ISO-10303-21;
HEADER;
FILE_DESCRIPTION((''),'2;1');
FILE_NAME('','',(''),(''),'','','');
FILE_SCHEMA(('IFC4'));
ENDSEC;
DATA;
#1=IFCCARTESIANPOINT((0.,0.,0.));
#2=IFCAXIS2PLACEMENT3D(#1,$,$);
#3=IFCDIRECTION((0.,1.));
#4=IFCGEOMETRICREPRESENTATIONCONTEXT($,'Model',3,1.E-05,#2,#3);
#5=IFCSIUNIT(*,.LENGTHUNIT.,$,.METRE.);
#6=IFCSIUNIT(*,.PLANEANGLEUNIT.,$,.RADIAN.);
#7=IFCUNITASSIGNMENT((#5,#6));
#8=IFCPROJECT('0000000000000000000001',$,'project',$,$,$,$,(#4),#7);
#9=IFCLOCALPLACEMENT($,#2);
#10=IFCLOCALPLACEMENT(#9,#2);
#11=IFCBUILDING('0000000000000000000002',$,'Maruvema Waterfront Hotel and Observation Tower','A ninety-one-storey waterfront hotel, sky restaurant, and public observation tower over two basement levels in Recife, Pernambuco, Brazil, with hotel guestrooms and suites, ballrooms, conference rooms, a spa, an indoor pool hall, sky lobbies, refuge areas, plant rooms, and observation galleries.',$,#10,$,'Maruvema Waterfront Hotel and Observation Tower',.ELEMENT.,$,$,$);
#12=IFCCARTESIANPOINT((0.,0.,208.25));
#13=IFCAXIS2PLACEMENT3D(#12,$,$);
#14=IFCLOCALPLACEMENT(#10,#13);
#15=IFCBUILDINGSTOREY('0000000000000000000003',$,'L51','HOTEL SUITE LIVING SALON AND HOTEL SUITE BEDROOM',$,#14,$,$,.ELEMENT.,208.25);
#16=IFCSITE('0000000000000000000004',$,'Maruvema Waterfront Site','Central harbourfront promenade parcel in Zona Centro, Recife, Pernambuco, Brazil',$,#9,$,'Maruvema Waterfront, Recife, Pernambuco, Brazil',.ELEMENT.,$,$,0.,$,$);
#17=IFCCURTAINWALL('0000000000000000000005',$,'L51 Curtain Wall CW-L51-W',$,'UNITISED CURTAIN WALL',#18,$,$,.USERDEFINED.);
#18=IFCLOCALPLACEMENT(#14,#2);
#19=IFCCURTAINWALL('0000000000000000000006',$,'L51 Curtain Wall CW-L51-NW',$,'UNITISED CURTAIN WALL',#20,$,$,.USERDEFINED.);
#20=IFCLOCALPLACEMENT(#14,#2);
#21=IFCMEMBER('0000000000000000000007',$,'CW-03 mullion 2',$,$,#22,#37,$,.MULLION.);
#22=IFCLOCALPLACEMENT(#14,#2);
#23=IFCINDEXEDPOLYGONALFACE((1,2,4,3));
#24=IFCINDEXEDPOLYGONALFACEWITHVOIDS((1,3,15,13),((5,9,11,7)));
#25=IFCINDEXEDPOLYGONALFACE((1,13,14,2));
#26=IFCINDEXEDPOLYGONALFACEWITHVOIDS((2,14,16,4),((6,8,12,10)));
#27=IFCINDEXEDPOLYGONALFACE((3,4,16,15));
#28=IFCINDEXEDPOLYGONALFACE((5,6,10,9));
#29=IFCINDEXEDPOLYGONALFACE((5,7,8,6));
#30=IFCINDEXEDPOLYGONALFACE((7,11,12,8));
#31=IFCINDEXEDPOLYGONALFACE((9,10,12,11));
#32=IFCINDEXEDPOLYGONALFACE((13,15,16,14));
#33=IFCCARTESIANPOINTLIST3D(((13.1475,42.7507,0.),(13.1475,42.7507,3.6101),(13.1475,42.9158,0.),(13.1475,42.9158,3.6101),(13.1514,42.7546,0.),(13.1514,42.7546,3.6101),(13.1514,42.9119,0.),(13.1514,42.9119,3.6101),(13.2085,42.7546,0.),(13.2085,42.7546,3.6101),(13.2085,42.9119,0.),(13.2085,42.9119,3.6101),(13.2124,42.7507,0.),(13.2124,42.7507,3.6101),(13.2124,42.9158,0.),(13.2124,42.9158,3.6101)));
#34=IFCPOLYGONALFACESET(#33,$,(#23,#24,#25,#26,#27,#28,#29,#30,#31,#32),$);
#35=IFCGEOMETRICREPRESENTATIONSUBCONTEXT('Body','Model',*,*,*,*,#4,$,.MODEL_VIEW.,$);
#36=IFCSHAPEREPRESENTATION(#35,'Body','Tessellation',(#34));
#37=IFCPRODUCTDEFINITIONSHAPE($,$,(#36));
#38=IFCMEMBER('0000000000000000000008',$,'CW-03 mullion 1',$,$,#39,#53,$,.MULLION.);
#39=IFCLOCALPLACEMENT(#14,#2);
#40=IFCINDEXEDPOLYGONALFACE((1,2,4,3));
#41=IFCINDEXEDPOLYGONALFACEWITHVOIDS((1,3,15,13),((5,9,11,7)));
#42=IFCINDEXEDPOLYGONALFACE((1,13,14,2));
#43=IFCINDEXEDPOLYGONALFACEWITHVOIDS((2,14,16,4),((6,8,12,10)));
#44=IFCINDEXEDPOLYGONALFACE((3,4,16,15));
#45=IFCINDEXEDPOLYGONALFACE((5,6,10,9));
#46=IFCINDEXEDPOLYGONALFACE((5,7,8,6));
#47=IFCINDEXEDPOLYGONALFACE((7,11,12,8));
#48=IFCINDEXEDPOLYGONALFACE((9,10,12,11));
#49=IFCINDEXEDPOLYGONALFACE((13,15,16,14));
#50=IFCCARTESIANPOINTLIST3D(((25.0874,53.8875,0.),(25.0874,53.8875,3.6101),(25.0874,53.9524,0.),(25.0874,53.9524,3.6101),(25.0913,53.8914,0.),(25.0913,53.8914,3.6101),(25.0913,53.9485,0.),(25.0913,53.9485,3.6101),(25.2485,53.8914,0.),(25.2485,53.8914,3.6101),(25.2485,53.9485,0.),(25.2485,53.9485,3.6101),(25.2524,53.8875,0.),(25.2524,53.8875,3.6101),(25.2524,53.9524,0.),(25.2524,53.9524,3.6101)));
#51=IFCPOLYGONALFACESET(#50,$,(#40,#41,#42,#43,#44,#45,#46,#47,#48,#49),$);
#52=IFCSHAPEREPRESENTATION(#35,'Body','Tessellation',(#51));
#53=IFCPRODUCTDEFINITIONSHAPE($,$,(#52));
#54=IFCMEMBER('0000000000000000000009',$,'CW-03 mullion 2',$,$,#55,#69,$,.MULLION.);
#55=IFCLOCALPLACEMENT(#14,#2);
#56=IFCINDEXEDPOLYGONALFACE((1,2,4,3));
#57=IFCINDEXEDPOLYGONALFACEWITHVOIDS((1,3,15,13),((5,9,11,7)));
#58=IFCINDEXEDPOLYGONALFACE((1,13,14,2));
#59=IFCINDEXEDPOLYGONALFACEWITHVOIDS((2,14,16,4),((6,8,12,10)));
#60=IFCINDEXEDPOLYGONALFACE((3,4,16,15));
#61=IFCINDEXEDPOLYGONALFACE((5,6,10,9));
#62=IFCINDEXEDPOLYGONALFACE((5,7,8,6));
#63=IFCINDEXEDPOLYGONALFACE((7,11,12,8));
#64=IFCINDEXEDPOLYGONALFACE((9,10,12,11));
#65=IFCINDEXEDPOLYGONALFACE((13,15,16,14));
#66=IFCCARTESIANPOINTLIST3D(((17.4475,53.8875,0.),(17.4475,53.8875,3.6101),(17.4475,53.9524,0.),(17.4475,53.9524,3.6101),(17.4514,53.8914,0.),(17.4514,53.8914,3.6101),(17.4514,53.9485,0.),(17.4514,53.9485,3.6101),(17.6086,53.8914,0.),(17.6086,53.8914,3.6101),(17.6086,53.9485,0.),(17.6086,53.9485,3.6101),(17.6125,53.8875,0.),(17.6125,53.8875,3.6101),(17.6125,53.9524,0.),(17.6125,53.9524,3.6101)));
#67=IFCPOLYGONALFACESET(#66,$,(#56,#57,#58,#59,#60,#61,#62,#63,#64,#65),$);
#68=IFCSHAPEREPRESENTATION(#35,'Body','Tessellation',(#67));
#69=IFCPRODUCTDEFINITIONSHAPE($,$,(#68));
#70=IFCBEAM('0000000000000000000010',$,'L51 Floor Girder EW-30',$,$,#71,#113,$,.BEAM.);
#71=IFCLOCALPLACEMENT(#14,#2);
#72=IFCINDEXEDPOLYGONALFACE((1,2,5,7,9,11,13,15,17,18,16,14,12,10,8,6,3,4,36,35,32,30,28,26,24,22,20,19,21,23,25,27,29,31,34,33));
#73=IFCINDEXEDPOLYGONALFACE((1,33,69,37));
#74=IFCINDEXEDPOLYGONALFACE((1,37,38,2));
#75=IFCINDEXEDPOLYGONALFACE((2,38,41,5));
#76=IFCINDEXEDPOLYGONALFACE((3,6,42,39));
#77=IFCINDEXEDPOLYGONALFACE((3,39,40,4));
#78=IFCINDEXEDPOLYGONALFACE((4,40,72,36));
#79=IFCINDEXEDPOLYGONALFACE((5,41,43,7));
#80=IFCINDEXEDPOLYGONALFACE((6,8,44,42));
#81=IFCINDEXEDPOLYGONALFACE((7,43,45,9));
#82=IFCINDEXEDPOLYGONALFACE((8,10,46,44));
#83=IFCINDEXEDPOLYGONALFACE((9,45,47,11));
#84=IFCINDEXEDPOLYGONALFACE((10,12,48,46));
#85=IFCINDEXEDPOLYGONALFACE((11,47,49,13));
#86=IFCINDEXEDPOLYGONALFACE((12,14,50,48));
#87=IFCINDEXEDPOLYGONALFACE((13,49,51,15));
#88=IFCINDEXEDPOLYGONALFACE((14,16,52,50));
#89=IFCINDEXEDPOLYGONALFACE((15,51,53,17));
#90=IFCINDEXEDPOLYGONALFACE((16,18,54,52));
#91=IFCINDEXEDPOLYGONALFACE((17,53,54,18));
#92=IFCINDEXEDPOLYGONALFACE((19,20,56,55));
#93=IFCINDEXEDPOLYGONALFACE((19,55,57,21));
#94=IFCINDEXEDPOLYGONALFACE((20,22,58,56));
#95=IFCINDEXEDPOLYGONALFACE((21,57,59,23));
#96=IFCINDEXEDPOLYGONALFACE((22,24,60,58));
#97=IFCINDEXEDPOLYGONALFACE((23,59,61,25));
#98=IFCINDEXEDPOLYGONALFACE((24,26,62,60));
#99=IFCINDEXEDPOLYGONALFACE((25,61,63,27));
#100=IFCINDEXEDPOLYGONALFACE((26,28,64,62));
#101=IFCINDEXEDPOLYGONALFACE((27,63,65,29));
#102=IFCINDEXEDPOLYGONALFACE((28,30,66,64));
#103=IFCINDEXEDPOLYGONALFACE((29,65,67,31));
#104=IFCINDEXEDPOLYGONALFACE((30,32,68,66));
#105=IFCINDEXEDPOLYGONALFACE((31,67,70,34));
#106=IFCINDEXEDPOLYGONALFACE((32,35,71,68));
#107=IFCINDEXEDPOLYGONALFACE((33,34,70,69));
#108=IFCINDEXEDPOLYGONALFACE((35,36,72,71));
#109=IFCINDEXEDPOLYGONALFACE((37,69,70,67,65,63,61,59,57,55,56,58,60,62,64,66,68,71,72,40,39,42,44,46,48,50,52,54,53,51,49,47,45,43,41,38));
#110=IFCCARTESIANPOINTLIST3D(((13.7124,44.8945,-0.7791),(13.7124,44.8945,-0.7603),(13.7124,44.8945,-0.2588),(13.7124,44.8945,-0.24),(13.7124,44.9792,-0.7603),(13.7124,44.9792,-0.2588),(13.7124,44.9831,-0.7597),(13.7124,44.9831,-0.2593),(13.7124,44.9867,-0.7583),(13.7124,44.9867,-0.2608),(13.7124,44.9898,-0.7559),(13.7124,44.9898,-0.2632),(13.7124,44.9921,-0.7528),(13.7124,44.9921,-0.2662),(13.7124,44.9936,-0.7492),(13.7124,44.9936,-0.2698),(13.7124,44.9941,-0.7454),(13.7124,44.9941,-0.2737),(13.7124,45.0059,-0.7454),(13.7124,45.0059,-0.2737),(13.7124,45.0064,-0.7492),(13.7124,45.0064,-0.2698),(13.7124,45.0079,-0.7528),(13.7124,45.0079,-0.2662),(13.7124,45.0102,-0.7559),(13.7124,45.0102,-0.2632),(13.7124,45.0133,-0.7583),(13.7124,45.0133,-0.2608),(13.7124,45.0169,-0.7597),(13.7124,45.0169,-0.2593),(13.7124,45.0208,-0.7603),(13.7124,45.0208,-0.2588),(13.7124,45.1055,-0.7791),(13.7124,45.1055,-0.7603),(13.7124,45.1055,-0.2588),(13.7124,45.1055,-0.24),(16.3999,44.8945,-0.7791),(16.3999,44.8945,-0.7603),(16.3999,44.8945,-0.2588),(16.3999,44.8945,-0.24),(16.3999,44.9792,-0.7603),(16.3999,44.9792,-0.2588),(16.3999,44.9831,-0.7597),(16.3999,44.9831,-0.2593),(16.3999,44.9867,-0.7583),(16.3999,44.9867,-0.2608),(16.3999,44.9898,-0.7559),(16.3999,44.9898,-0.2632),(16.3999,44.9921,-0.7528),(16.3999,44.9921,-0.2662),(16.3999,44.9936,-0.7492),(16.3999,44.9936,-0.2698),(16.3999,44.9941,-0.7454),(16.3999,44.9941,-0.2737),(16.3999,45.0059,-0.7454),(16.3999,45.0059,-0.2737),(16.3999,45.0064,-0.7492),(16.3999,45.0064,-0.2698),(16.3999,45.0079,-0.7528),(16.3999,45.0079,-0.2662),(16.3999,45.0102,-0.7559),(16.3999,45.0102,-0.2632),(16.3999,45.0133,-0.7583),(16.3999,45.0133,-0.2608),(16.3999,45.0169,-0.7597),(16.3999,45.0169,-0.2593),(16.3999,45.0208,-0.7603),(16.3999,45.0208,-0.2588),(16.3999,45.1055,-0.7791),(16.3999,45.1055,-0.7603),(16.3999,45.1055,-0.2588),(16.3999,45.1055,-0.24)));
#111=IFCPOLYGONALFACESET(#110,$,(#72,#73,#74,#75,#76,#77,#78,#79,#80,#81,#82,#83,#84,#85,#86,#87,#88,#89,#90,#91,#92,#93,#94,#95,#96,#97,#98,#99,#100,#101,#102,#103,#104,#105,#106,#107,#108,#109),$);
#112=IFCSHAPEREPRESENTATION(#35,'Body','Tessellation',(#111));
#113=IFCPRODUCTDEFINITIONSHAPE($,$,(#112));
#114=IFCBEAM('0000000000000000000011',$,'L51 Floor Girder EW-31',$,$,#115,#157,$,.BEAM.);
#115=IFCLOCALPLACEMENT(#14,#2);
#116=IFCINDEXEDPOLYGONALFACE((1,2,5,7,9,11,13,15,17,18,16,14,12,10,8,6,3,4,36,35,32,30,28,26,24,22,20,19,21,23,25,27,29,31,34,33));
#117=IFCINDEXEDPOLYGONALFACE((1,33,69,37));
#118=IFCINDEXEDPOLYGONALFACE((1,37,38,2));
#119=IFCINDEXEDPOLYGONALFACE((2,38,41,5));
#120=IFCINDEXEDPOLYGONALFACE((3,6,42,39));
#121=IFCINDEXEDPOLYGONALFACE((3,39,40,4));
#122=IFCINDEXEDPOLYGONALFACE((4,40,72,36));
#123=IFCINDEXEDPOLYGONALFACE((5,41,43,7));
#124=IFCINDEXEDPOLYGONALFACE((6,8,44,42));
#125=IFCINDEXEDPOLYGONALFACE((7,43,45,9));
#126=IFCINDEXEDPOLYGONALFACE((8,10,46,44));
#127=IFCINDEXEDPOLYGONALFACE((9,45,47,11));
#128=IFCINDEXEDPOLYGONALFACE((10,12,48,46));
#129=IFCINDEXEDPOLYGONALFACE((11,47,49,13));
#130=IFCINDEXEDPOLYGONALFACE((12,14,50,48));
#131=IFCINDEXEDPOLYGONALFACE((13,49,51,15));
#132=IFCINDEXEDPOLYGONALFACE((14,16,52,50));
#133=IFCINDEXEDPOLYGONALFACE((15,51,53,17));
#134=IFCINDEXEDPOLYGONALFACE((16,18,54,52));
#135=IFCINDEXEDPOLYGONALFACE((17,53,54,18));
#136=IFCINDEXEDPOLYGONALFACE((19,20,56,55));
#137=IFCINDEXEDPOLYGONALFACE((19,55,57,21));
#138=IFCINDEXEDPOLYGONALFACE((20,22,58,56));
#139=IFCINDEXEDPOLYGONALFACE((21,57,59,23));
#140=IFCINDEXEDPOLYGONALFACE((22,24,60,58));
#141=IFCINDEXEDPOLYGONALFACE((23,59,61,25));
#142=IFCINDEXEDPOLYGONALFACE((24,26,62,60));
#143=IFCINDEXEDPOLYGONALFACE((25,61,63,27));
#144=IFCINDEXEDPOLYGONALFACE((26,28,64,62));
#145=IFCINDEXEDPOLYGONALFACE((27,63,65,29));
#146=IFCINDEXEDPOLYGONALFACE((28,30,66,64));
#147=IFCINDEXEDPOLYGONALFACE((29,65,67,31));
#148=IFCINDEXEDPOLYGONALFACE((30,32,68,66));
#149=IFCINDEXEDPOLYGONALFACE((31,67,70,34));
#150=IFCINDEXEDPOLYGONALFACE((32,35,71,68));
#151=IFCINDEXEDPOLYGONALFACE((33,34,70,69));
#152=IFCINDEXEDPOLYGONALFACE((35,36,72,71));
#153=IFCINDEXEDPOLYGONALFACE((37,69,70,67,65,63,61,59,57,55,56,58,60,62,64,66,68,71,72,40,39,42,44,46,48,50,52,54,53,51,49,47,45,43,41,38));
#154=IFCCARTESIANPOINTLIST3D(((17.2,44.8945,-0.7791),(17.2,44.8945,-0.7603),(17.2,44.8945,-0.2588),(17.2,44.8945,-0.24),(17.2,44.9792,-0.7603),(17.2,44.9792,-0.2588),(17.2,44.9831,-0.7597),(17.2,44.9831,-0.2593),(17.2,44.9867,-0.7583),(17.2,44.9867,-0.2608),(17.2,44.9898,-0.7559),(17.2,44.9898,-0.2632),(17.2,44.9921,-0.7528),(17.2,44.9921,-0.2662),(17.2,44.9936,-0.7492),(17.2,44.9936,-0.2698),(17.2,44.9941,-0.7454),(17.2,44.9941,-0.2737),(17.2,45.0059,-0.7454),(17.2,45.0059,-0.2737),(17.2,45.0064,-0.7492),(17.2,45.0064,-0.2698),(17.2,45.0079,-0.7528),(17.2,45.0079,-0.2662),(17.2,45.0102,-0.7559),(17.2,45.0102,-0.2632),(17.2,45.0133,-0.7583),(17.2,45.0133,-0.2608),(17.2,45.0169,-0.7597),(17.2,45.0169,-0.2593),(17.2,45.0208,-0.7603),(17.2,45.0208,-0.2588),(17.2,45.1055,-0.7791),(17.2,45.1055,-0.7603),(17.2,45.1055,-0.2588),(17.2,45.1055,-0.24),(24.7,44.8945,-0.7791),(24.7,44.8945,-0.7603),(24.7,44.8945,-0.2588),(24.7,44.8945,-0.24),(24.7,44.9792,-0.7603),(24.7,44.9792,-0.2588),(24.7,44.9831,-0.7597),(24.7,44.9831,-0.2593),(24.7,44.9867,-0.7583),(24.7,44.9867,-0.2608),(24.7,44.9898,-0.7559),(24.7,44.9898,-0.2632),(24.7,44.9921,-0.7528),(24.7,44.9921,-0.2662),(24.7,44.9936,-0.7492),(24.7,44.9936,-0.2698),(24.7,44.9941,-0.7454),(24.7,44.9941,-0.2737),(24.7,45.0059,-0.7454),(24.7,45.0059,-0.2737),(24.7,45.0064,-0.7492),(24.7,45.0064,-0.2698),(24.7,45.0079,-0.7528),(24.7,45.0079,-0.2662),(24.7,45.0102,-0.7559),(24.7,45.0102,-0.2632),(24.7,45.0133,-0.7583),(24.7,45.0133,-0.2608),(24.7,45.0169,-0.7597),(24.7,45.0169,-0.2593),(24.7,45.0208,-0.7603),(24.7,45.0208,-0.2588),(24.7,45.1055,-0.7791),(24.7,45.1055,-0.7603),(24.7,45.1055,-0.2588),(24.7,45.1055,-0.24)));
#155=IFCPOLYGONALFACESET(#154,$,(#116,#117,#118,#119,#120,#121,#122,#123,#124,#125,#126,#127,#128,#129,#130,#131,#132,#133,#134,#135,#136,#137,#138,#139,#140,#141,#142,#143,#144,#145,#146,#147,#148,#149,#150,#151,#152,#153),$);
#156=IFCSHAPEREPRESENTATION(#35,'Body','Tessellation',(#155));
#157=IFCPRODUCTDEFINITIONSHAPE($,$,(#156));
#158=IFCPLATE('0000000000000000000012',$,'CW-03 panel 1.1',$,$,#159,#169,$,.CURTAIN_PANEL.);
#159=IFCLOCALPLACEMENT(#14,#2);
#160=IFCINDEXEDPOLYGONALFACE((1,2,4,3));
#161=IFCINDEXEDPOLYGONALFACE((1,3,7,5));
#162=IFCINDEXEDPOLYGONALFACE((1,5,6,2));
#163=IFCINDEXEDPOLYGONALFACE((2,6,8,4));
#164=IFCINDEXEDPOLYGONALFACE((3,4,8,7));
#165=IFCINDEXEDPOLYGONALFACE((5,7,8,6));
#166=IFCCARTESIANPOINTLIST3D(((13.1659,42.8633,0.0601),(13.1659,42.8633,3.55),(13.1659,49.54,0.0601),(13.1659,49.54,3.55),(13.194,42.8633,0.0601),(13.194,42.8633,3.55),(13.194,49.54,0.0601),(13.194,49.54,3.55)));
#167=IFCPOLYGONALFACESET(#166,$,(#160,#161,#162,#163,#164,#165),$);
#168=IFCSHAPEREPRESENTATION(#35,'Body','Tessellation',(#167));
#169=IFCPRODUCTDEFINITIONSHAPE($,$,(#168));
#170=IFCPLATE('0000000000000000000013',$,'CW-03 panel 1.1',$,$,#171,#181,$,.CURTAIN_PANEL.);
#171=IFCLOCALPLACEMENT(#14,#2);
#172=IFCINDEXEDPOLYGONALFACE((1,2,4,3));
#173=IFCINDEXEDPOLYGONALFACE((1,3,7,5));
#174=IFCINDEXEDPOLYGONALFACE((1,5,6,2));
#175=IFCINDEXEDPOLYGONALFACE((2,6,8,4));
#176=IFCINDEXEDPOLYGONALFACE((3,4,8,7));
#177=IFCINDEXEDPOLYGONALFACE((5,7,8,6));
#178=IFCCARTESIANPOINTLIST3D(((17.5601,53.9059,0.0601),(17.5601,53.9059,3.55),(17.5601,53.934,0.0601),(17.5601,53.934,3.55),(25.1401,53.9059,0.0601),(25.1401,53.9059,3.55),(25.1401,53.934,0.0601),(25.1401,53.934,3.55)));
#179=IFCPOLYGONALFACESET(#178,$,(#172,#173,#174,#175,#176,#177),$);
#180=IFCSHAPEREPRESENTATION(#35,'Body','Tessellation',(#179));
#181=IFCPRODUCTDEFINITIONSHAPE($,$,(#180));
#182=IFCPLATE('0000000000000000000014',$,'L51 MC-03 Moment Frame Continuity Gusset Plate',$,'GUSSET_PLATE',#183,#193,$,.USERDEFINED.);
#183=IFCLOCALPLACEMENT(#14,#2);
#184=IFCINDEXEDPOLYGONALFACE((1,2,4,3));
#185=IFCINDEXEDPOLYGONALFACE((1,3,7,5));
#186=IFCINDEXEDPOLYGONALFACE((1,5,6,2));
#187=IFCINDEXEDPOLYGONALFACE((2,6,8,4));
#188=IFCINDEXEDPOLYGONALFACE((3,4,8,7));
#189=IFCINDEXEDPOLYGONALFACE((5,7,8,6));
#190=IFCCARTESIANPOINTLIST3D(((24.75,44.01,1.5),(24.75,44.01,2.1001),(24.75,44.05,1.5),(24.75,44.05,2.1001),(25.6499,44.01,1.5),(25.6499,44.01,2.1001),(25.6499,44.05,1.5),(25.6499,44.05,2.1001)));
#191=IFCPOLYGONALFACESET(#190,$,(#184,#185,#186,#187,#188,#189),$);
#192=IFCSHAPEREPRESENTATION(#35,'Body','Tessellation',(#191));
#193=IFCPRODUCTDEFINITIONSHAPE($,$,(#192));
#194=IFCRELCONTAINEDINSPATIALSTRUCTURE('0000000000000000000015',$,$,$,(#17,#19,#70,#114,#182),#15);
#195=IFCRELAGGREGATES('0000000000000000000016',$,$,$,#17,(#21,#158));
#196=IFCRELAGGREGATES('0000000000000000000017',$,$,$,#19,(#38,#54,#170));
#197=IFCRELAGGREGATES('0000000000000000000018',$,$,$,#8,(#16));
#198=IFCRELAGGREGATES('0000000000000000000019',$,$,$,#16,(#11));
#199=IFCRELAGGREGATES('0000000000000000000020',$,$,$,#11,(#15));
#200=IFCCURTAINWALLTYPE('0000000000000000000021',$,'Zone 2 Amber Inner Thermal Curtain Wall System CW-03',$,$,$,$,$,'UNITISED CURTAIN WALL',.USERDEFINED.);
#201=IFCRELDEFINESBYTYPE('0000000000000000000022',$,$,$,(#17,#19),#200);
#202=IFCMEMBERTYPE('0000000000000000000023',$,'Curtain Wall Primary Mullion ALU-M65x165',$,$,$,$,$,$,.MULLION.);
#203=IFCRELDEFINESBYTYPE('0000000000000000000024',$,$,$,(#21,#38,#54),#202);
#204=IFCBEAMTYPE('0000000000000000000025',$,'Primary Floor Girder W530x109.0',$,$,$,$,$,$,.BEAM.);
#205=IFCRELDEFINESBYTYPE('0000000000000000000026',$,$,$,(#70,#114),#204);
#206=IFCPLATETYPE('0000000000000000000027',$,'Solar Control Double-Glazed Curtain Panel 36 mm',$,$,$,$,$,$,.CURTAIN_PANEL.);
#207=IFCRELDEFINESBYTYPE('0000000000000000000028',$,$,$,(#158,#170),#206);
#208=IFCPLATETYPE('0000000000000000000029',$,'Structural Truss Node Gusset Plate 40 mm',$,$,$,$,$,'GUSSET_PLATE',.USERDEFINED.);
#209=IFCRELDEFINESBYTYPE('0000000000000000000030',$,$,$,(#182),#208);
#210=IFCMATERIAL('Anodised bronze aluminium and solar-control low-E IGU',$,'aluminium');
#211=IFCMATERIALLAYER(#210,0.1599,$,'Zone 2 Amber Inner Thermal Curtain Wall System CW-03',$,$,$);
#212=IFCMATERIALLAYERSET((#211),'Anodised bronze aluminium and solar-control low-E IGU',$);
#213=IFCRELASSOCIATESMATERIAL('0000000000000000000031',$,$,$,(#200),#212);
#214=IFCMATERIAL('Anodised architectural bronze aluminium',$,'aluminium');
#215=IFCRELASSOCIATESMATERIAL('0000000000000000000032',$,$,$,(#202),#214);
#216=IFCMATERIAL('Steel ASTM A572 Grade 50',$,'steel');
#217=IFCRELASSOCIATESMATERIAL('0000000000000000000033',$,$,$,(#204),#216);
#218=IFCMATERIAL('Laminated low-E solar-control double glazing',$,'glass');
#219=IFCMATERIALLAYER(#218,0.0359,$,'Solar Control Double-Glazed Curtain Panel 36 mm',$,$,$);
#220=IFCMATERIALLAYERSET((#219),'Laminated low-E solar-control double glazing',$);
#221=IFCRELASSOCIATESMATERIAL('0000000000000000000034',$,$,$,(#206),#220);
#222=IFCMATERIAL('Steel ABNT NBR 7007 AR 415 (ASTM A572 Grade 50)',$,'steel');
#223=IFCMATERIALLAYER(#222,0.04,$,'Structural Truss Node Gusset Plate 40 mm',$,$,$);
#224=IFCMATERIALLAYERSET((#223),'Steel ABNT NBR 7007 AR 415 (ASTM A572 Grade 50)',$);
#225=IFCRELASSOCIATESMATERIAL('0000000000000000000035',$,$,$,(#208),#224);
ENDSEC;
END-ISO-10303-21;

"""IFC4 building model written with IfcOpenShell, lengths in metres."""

from ifc_helpers import new_model, si_unit, direction, frame, origin, origin_2d, place, context, subcontext, project, spatial, rectangle, hollow_rectangle, i_section, extrude, material, layer, layer_set, material_profile, profile_set, type_object, element, aggregate, save


model = new_model("IFC4")

# Units and contexts
model_context = context("Model", 3, precision=1e-05, world=origin(), true_north=direction((0.0, 1.0)))
body_context = subcontext(model_context, "Body", "Model", "MODEL_VIEW")
ifc_project = project(units=[si_unit("LENGTHUNIT", "METRE"), si_unit("PLANEANGLEUNIT", "RADIAN")], contexts=[model_context])

# Site, building, storey
site_placement = place(None, origin())
site = spatial("IfcSite", under=ifc_project, at=site_placement, Name="Maruvema Waterfront Site", Description="Central harbourfront promenade parcel in Zona Centro, Recife, Pernambuco, Brazil", LongName="Maruvema Waterfront, Recife, Pernambuco, Brazil", CompositionType="ELEMENT", RefElevation=0.0)
building_placement = place(site_placement, origin())
building = spatial("IfcBuilding", under=site, at=building_placement, Name="Maruvema Waterfront Hotel and Observation Tower", Description="A ninety-one-storey waterfront hotel, sky restaurant, and public observation tower over two basement levels in Recife, Pernambuco, Brazil, with hotel guestrooms and suites, ballrooms, conference rooms, a spa, an indoor pool hall, sky lobbies, refuge areas, plant rooms, and observation galleries.", LongName="Maruvema Waterfront Hotel and Observation Tower", CompositionType="ELEMENT")
storey_placement = place(building_placement, frame((0.0, 0.0, 208.25)))
storey = spatial("IfcBuildingStorey", under=building, at=storey_placement, Name="L51", Description="HOTEL SUITE LIVING SALON AND HOTEL SUITE BEDROOM", CompositionType="ELEMENT", Elevation=208.25)

# Curtain walls
ifc_material_1 = material(Name="Anodised bronze aluminium and solar-control low-E IGU", Category="aluminium")
ifc_layer_1 = layer(ifc_material_1, 0.1599, Name="Zone 2 Amber Inner Thermal Curtain Wall System CW-03")
ifc_layer_set_1 = layer_set([ifc_layer_1], Name="Anodised bronze aluminium and solar-control low-E IGU")
curtain_wall_type = type_object("IfcCurtainWallType", Name="Zone 2 Amber Inner Thermal Curtain Wall System CW-03", ElementType="UNITISED CURTAIN WALL", PredefinedType="USERDEFINED", material=ifc_layer_set_1)
curtain_wall_1_placement = place(storey_placement, origin())
curtain_wall_1 = element("IfcCurtainWall", 1, at=curtain_wall_1_placement, inside=storey, type_object=curtain_wall_type, Name="L51 Curtain Wall CW-L51-W", ObjectType="UNITISED CURTAIN WALL", PredefinedType="USERDEFINED")
curtain_wall_2_placement = place(storey_placement, origin())
curtain_wall_2 = element("IfcCurtainWall", 2, at=curtain_wall_2_placement, inside=storey, type_object=curtain_wall_type, Name="L51 Curtain Wall CW-L51-NW", ObjectType="UNITISED CURTAIN WALL", PredefinedType="USERDEFINED")

# Members
ifc_material_2 = material(Name="Anodised architectural bronze aluminium", Category="aluminium")
ifc_material_profile_1 = material_profile(ifc_material_2, hollow_rectangle(XDim=0.0649, YDim=0.165, WallThickness=0.0039, at=origin_2d()), Name="ALU-M65x165")
ifc_profile_set_1 = profile_set([ifc_material_profile_1], Name="Anodised architectural bronze aluminium")
member_type_1 = type_object("IfcMemberType", Name="Curtain Wall Primary Mullion ALU-M65x165", PredefinedType="MULLION", material=ifc_profile_set_1)
member_1_placement = place(storey_placement, frame((13.1799, 42.8333, 0.0), z_axis=(0.0, 0.0, 1.0), x_axis=(1.0, 0.0, 0.0)))
member_1 = element("IfcMember", 3, at=member_1_placement, type_object=member_type_1, Name="CW-03 mullion 2", PredefinedType="MULLION", context=body_context, shape_type="SweptSolid", body=[
    extrude(hollow_rectangle(XDim=0.0649, YDim=0.165, WallThickness=0.0039, at=origin_2d()), origin(), (0.0, 0.0, 1.0), 3.6101),
])
member_2_placement = place(storey_placement, frame((25.1699, 53.9199, 0.0), z_axis=(0.0, 0.0, 1.0), x_axis=(0.0, -1.0, 0.0)))
member_2 = element("IfcMember", 4, at=member_2_placement, type_object=member_type_1, Name="CW-03 mullion 1", PredefinedType="MULLION", context=body_context, shape_type="SweptSolid", body=[
    extrude(hollow_rectangle(XDim=0.0649, YDim=0.165, WallThickness=0.0039, at=origin_2d()), origin(), (0.0, 0.0, 1.0), 3.6101),
])
member_3_placement = place(storey_placement, frame((17.53, 53.9199, 0.0), z_axis=(0.0, 0.0, 1.0), x_axis=(0.0, -1.0, 0.0)))
member_3 = element("IfcMember", 5, at=member_3_placement, type_object=member_type_1, Name="CW-03 mullion 2", PredefinedType="MULLION", context=body_context, shape_type="SweptSolid", body=[
    extrude(hollow_rectangle(XDim=0.0649, YDim=0.165, WallThickness=0.0039, at=origin_2d()), origin(), (0.0, 0.0, 1.0), 3.6101),
])

# Beams
ifc_material_3 = material(Name="Steel ASTM A572 Grade 50", Category="steel")
ifc_material_profile_2 = material_profile(ifc_material_3, i_section(OverallWidth=0.2109, OverallDepth=0.5391, WebThickness=0.0117, FlangeThickness=0.0188, FilletRadius=0.0149, at=origin_2d()), Name="W530x109.0")
ifc_profile_set_2 = profile_set([ifc_material_profile_2], Name="Steel ASTM A572 Grade 50")
beam_type = type_object("IfcBeamType", Name="Primary Floor Girder W530x109.0", PredefinedType="BEAM", material=ifc_profile_set_2)
beam_1_placement = place(storey_placement, frame((13.7124, 45.0, -0.5095), z_axis=(1.0, 0.0, 0.0), x_axis=(0.0, 1.0, 0.0)))
element("IfcBeam", 6, at=beam_1_placement, inside=storey, type_object=beam_type, Name="L51 Floor Girder EW-30", PredefinedType="BEAM", context=body_context, shape_type="SweptSolid", body=[
    extrude(i_section(OverallWidth=0.2109, OverallDepth=0.5391, WebThickness=0.0117, FlangeThickness=0.0188, FilletRadius=0.0149, at=origin_2d()), origin(), (0.0, 0.0, 1.0), 2.6875),
])
beam_2_placement = place(storey_placement, frame((17.2, 45.0, -0.5095), z_axis=(1.0, 0.0, 0.0), x_axis=(0.0, 1.0, 0.0)))
element("IfcBeam", 7, at=beam_2_placement, inside=storey, type_object=beam_type, Name="L51 Floor Girder EW-31", PredefinedType="BEAM", context=body_context, shape_type="SweptSolid", body=[
    extrude(i_section(OverallWidth=0.2109, OverallDepth=0.5391, WebThickness=0.0117, FlangeThickness=0.0188, FilletRadius=0.0149, at=origin_2d()), origin(), (0.0, 0.0, 1.0), 7.5),
])

# Plates
ifc_material_4 = material(Name="Laminated low-E solar-control double glazing", Category="glass")
ifc_layer_2 = layer(ifc_material_4, 0.0359, Name="Solar Control Double-Glazed Curtain Panel 36 mm")
ifc_layer_set_2 = layer_set([ifc_layer_2], Name="Laminated low-E solar-control double glazing")
plate_type_1 = type_object("IfcPlateType", Name="Solar Control Double-Glazed Curtain Panel 36 mm", PredefinedType="CURTAIN_PANEL", material=ifc_layer_set_2)
plate_1_placement = place(storey_placement, frame((13.1799, 46.2017, 0.0601), z_axis=(0.0, 0.0, 1.0), x_axis=(0.0, -1.0, 0.0)))
plate_1 = element("IfcPlate", 8, at=plate_1_placement, type_object=plate_type_1, Name="CW-03 panel 1.1", PredefinedType="CURTAIN_PANEL", context=body_context, shape_type="SweptSolid", body=[
    extrude(rectangle(XDim=6.6768, YDim=0.0281, at=origin_2d()), origin(), (0.0, 0.0, 1.0), 3.49),
])
aggregate(curtain_wall_1, [member_1, plate_1])
plate_2_placement = place(storey_placement, frame((21.3501, 53.9199, 0.0601), z_axis=(0.0, 0.0, 1.0), x_axis=(-1.0, 0.0, 0.0)))
plate_2 = element("IfcPlate", 9, at=plate_2_placement, type_object=plate_type_1, Name="CW-03 panel 1.1", PredefinedType="CURTAIN_PANEL", context=body_context, shape_type="SweptSolid", body=[
    extrude(rectangle(XDim=7.5801, YDim=0.0281, at=origin_2d()), origin(), (0.0, 0.0, 1.0), 3.49),
])
aggregate(curtain_wall_2, [member_2, member_3, plate_2])
ifc_material_5 = material(Name="Steel ABNT NBR 7007 AR 415 (ASTM A572 Grade 50)", Category="steel")
ifc_layer_3 = layer(ifc_material_5, 0.04, Name="Structural Truss Node Gusset Plate 40 mm")
ifc_layer_set_3 = layer_set([ifc_layer_3], Name="Steel ABNT NBR 7007 AR 415 (ASTM A572 Grade 50)")
plate_type_2 = type_object("IfcPlateType", Name="Structural Truss Node Gusset Plate 40 mm", ElementType="GUSSET_PLATE", PredefinedType="USERDEFINED", material=ifc_layer_set_3)
plate_3_placement = place(storey_placement, frame((25.2, 44.03, 1.5), z_axis=(0.0, 0.0, 1.0), x_axis=(1.0, 0.0, 0.0)))
element("IfcPlate", 10, at=plate_3_placement, inside=storey, type_object=plate_type_2, Name="L51 MC-03 Moment Frame Continuity Gusset Plate", ObjectType="GUSSET_PLATE", PredefinedType="USERDEFINED", context=body_context, shape_type="SweptSolid", body=[
    extrude(rectangle(XDim=0.8999, YDim=0.04, at=origin_2d()), origin(), (0.0, 0.0, 1.0), 0.6001),
])

save(model, "model.ifc")
